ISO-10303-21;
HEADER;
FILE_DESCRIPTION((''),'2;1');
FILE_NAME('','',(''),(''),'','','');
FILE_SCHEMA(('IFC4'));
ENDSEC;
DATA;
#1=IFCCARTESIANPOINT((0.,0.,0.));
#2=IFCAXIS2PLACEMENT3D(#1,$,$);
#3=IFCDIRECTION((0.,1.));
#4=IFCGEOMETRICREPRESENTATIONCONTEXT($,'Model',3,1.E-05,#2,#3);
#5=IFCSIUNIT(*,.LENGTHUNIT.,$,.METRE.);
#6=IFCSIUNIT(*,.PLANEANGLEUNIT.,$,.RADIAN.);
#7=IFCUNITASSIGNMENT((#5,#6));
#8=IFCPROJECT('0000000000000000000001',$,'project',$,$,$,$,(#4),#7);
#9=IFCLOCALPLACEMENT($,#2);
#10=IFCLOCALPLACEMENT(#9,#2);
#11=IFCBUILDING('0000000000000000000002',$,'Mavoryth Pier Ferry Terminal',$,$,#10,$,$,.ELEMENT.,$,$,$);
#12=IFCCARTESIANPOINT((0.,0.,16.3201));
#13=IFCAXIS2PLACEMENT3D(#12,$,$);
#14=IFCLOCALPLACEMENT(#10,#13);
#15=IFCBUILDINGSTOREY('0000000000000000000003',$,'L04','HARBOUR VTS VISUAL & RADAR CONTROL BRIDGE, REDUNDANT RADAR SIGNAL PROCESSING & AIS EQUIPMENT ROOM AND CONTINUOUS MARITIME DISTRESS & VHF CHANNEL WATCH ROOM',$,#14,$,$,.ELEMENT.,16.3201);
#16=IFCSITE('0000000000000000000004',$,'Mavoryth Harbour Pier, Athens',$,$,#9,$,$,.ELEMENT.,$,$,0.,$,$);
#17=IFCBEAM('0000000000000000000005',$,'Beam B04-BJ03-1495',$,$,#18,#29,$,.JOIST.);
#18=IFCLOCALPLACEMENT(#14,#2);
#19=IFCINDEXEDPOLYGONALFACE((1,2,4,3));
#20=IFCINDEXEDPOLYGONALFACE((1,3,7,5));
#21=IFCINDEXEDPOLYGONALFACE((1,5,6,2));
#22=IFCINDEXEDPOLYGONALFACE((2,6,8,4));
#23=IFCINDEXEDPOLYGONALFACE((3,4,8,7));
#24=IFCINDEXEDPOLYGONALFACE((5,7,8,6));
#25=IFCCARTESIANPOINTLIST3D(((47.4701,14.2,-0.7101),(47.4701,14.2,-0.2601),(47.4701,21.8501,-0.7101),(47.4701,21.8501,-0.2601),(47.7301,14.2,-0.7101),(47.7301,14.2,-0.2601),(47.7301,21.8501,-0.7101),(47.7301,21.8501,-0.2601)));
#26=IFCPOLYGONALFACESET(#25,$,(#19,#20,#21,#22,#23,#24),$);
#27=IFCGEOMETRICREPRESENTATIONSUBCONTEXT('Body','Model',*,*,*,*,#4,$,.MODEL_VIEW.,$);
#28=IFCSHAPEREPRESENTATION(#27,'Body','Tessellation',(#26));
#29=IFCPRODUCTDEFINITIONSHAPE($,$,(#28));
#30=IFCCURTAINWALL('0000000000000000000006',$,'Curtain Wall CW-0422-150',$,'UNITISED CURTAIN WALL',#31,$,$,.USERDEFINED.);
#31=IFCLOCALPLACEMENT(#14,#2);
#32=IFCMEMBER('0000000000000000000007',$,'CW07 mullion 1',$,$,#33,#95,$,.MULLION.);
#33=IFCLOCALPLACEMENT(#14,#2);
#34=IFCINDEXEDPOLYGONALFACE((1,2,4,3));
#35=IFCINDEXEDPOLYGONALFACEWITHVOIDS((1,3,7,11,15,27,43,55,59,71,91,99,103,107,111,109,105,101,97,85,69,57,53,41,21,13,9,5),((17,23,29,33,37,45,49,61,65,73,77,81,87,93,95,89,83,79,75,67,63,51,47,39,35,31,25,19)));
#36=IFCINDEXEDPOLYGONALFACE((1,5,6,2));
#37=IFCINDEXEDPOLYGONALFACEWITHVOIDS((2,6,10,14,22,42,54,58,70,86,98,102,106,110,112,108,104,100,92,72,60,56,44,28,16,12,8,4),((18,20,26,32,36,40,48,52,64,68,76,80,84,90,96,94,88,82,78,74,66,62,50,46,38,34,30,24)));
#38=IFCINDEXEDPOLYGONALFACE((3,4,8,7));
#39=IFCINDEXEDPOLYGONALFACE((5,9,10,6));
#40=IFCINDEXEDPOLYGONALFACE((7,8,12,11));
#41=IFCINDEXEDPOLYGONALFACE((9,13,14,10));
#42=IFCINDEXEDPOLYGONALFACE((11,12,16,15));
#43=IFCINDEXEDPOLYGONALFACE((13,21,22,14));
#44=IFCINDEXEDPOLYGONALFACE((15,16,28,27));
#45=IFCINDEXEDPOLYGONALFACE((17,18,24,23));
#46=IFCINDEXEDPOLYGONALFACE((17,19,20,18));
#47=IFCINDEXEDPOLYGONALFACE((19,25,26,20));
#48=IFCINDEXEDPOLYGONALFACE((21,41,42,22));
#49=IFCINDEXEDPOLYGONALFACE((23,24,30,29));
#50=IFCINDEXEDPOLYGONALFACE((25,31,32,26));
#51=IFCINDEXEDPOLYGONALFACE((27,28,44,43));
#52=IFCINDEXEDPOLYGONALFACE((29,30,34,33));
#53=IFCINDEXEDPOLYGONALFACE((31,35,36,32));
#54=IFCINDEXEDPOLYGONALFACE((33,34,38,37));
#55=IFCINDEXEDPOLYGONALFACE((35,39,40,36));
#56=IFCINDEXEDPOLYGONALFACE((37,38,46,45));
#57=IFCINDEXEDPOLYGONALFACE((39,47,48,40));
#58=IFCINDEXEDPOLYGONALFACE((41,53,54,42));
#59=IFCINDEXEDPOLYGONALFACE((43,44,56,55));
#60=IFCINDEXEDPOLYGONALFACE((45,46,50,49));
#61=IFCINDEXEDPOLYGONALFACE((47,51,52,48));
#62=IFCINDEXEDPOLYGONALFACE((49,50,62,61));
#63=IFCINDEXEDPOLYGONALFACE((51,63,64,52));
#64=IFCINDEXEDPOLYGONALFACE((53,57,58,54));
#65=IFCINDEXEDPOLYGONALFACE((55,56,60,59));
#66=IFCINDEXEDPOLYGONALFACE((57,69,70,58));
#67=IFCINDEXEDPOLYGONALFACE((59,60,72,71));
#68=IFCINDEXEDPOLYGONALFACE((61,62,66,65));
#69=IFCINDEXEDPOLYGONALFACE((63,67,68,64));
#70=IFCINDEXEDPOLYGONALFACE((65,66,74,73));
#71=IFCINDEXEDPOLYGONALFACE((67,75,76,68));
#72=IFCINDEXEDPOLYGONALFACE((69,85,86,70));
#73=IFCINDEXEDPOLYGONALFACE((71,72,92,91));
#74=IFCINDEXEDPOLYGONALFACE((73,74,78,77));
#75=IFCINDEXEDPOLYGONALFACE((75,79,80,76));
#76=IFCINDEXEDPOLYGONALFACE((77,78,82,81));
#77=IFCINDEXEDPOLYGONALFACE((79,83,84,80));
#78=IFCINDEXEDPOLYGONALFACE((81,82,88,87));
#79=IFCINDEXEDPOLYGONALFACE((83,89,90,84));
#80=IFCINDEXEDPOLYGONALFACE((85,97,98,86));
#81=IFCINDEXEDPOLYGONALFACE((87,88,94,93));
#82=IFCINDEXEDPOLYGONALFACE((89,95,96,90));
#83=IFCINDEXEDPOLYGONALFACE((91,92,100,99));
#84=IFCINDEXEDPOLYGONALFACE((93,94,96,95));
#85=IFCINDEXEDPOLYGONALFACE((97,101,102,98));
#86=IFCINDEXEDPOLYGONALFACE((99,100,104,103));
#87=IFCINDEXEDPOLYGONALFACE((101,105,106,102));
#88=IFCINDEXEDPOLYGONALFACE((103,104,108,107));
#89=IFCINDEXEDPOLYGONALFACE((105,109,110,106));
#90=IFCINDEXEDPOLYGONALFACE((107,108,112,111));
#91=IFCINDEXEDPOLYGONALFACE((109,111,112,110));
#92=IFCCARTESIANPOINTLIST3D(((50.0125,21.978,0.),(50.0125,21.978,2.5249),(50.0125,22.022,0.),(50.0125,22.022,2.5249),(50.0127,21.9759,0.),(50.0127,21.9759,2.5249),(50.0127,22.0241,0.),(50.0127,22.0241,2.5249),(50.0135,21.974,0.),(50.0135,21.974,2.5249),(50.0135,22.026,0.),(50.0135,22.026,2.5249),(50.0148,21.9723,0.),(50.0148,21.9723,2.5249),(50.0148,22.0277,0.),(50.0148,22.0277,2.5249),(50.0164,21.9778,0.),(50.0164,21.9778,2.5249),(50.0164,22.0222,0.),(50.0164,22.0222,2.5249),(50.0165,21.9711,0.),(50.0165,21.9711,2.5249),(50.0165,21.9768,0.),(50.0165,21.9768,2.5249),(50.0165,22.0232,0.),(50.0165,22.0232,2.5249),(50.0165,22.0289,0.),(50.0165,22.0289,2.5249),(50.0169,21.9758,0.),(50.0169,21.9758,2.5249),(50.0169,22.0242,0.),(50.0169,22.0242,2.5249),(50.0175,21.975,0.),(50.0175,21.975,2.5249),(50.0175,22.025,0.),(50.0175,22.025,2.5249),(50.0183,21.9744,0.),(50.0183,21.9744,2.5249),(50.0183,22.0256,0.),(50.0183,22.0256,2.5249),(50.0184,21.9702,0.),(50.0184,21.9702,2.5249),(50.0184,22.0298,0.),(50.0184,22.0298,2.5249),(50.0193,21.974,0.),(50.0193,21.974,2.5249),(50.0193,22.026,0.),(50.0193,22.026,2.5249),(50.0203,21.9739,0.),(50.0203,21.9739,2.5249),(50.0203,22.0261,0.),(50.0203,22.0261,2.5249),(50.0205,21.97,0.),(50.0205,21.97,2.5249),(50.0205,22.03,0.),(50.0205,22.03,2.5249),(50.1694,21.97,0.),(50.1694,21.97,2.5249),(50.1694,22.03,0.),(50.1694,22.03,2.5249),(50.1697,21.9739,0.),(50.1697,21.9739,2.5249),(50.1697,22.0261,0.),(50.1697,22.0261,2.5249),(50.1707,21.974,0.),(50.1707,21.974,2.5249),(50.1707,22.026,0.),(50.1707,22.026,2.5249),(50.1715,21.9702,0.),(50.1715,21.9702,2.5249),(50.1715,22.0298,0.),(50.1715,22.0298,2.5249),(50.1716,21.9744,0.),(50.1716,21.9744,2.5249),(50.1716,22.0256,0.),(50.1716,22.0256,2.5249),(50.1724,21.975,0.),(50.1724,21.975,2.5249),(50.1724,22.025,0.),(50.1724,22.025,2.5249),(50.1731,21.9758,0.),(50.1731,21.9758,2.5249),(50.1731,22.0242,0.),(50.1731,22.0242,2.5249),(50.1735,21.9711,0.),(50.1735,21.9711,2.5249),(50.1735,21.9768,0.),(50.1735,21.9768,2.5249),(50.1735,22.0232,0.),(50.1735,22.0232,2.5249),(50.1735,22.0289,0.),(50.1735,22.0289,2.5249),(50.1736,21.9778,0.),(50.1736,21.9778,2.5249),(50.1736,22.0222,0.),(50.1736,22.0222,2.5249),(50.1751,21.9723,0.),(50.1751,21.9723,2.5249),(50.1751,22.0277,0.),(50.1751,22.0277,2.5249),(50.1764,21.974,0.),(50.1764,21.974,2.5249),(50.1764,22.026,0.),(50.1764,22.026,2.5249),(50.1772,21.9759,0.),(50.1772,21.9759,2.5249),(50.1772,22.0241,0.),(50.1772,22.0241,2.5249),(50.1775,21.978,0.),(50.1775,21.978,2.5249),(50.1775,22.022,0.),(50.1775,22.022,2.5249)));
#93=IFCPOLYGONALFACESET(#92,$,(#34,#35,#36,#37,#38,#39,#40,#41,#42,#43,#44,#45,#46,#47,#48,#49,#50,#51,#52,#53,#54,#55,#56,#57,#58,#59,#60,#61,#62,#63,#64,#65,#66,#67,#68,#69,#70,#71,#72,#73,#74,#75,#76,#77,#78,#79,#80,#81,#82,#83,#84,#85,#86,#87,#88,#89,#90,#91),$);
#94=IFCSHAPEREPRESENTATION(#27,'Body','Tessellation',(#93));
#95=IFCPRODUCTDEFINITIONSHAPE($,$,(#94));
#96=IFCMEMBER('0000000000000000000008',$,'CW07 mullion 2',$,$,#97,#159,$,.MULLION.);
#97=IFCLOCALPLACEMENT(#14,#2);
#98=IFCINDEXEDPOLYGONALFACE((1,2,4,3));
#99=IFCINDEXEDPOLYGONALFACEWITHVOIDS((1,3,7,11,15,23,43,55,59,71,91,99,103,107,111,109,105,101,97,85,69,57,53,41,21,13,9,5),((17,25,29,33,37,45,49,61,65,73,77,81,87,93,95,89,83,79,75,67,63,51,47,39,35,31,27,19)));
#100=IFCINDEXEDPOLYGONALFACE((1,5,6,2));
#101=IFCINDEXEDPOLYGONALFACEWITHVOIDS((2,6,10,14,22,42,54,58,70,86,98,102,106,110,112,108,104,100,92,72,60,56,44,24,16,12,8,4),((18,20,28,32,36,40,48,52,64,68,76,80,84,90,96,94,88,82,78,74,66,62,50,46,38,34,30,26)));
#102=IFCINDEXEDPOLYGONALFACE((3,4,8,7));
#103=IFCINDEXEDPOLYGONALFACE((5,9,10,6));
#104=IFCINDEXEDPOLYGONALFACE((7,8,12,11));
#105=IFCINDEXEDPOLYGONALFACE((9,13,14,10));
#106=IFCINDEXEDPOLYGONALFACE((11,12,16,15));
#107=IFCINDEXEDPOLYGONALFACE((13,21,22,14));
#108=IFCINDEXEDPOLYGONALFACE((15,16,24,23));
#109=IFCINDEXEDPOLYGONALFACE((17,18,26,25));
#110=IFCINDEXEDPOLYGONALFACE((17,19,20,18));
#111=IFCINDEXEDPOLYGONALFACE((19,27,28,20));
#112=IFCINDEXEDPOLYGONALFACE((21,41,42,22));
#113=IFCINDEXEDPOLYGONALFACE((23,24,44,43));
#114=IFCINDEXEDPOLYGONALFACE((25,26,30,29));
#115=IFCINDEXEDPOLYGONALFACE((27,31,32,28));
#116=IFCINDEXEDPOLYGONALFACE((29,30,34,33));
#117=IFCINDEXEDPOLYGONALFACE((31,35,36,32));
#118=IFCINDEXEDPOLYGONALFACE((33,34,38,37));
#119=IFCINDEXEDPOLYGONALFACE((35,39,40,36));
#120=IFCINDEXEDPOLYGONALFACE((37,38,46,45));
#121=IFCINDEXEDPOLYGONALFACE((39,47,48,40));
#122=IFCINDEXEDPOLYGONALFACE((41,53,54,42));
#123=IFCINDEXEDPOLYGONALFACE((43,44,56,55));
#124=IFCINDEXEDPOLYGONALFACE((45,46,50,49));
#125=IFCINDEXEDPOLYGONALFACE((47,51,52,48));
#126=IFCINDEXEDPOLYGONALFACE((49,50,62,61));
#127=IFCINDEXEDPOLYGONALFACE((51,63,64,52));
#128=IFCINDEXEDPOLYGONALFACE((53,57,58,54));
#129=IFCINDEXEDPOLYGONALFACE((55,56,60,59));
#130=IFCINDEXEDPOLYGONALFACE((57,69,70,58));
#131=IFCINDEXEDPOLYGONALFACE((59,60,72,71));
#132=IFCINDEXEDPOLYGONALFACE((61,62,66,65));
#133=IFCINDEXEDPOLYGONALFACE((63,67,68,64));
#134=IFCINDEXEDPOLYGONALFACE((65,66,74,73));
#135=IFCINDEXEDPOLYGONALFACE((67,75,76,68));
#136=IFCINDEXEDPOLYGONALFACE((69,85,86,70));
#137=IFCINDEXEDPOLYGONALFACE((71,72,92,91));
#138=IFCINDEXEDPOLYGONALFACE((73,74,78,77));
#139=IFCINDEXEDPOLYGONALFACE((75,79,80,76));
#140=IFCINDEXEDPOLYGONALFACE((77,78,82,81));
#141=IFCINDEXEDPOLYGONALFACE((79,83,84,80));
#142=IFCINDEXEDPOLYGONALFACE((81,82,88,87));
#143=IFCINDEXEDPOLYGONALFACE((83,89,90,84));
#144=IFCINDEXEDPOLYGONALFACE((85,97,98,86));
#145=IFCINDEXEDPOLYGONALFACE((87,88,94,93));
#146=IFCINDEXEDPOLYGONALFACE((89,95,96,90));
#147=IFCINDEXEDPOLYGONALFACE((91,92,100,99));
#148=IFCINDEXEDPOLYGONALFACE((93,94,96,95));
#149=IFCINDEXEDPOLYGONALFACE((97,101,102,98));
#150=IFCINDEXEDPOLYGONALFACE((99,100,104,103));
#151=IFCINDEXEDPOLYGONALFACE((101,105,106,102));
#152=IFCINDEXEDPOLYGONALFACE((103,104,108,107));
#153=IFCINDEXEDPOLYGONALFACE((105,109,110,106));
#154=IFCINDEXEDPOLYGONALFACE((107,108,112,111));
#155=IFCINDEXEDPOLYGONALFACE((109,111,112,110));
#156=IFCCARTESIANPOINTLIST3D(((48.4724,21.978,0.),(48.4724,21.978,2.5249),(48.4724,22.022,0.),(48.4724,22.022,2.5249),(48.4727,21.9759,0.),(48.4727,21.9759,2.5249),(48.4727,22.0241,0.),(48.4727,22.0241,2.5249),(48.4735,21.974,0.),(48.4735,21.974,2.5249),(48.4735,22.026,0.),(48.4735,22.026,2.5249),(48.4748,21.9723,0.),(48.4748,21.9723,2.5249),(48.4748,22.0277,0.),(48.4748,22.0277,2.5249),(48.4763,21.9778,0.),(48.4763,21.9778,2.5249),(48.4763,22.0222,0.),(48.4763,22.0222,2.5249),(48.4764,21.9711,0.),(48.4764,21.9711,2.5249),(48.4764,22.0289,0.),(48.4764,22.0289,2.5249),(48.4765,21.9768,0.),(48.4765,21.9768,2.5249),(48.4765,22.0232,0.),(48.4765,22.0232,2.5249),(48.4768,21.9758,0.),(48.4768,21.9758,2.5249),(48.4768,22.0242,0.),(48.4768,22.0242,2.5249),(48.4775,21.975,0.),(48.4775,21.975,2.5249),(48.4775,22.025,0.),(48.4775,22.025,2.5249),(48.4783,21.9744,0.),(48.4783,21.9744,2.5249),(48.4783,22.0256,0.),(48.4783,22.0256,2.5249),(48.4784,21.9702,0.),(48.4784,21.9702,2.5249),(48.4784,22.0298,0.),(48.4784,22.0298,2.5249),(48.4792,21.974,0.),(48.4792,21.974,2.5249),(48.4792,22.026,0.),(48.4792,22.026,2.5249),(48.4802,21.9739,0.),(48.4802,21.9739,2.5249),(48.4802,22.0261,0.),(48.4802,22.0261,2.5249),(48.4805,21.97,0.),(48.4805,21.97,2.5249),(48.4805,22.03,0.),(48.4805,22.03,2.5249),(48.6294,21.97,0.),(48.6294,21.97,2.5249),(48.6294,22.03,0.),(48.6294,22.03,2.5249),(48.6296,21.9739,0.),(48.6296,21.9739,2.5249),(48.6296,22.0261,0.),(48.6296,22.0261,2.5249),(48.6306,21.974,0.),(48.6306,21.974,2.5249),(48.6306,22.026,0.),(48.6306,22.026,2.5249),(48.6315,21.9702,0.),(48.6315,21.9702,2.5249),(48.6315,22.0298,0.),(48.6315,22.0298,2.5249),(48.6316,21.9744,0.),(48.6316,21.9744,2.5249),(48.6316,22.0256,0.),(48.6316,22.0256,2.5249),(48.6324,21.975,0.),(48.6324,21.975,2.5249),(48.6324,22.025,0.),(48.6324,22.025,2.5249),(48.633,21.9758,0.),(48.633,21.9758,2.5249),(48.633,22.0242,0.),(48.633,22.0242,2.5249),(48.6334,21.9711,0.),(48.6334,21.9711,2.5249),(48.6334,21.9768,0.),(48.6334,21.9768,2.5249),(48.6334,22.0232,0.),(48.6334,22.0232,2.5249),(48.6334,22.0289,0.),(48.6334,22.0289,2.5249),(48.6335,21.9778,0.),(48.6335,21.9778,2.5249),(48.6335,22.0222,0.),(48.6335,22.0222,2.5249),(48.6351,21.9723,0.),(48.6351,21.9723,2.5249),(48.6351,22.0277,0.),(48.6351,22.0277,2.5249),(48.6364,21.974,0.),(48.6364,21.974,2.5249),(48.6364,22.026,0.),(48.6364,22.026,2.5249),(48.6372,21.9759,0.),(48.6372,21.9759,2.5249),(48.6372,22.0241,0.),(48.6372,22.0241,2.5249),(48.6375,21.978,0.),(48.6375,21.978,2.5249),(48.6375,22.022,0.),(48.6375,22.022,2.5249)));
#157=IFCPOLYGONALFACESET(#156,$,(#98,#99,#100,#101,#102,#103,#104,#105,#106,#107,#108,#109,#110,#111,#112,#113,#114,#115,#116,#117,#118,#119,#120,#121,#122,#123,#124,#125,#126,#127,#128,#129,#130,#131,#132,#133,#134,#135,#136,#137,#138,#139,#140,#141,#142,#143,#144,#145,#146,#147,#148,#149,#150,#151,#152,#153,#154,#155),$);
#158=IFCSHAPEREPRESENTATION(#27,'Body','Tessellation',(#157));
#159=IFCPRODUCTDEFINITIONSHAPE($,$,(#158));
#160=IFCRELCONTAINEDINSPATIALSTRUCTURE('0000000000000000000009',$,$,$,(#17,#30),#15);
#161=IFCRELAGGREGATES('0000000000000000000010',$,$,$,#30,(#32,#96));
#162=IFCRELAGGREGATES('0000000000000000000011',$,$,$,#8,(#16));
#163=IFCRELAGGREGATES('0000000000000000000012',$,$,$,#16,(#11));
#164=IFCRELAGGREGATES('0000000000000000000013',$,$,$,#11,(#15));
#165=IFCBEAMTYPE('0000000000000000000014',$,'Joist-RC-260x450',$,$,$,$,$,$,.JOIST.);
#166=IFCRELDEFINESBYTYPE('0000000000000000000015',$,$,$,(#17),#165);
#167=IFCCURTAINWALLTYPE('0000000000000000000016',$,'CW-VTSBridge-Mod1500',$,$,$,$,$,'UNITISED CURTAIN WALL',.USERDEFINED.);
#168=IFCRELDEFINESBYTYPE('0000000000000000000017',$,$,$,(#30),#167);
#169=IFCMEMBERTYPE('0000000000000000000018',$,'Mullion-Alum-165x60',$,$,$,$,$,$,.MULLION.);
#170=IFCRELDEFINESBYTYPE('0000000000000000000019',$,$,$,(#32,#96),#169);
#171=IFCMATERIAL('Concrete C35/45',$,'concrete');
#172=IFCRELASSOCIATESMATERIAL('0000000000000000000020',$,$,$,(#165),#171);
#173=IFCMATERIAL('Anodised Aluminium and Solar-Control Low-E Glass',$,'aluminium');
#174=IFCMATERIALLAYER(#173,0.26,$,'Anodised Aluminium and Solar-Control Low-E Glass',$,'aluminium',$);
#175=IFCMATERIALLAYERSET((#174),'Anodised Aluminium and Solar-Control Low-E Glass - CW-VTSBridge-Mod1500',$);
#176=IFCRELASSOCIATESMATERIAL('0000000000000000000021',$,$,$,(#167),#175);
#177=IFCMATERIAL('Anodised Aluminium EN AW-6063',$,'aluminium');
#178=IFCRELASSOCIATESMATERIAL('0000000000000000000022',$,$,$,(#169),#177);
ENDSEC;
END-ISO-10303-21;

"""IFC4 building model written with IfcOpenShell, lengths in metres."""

from ifc_helpers import new_model, si_unit, direction, frame, origin, origin_2d, place, context, subcontext, project, spatial, rectangle, hollow_rectangle, extrude, material, layer, layer_set, material_profile, profile_set, type_object, element, aggregate, save


model = new_model("IFC4")

# Units and contexts
model_context = context("Model", 3, precision=1e-05, world=origin(), true_north=direction((0.0, 1.0)))
body_context = subcontext(model_context, "Body", "Model", "MODEL_VIEW")
ifc_project = project(units=[si_unit("LENGTHUNIT", "METRE"), si_unit("PLANEANGLEUNIT", "RADIAN")], contexts=[model_context])

# Site, building, storey
site_placement = place(None, origin())
site = spatial("IfcSite", under=ifc_project, at=site_placement, Name="Mavoryth Harbour Pier, Athens", CompositionType="ELEMENT", RefElevation=0.0)
building_placement = place(site_placement, origin())
building = spatial("IfcBuilding", under=site, at=building_placement, Name="Mavoryth Pier Ferry Terminal", CompositionType="ELEMENT")
storey_placement = place(building_placement, frame((0.0, 0.0, 16.3201)))
storey = spatial("IfcBuildingStorey", under=building, at=storey_placement, Name="L04", Description="HARBOUR VTS VISUAL & RADAR CONTROL BRIDGE, REDUNDANT RADAR SIGNAL PROCESSING & AIS EQUIPMENT ROOM AND CONTINUOUS MARITIME DISTRESS & VHF CHANNEL WATCH ROOM", CompositionType="ELEMENT", Elevation=16.3201)

# Beam
ifc_material_1 = material(Name="Concrete C35/45", Category="concrete")
ifc_material_profile_1 = material_profile(ifc_material_1, rectangle(XDim=0.26, YDim=0.45, at=origin_2d()), Name="RC 260x450", Category="concrete")
ifc_profile_set_1 = profile_set([ifc_material_profile_1], Name="Concrete C35/45 - RC 260x450")
beam_type = type_object("IfcBeamType", Name="Joist-RC-260x450", PredefinedType="JOIST", material=ifc_profile_set_1)
beam_placement = place(storey_placement, frame((47.6001, 14.2, -0.4851), z_axis=(0.0, 1.0, 0.0), x_axis=(-1.0, 0.0, 0.0)))
element("IfcBeam", 1, at=beam_placement, inside=storey, type_object=beam_type, Name="Beam B04-BJ03-1495", PredefinedType="JOIST", context=body_context, shape_type="SweptSolid", body=[
    extrude(rectangle(XDim=0.26, YDim=0.45, at=origin_2d()), origin(), (0.0, 0.0, 1.0), 7.6501),
])

# Curtain wall, members
ifc_material_2 = material(Name="Anodised Aluminium and Solar-Control Low-E Glass", Category="aluminium")
ifc_layer_1 = layer(ifc_material_2, 0.26, Name="Anodised Aluminium and Solar-Control Low-E Glass", Category="aluminium")
ifc_layer_set_1 = layer_set([ifc_layer_1], Name="Anodised Aluminium and Solar-Control Low-E Glass - CW-VTSBridge-Mod1500")
curtain_wall_type = type_object("IfcCurtainWallType", Name="CW-VTSBridge-Mod1500", ElementType="UNITISED CURTAIN WALL", PredefinedType="USERDEFINED", material=ifc_layer_set_1)
curtain_wall_placement = place(storey_placement, origin())
curtain_wall = element("IfcCurtainWall", 2, at=curtain_wall_placement, inside=storey, type_object=curtain_wall_type, Name="Curtain Wall CW-0422-150", ObjectType="UNITISED CURTAIN WALL", PredefinedType="USERDEFINED")
ifc_material_3 = material(Name="Anodised Aluminium EN AW-6063", Category="aluminium")
ifc_material_profile_2 = material_profile(ifc_material_3, hollow_rectangle(XDim=0.0601, YDim=0.165, WallThickness=0.0039, InnerFilletRadius=0.0039, OuterFilletRadius=0.0081, at=origin_2d()), Name="AL-MULL 165x60x4", Category="aluminium")
ifc_profile_set_2 = profile_set([ifc_material_profile_2], Name="Anodised Aluminium EN AW-6063 - AL-MULL 165x60x4")
member_type_1 = type_object("IfcMemberType", Name="Mullion-Alum-165x60", PredefinedType="MULLION", material=ifc_profile_set_2)
member_1_placement = place(storey_placement, frame((50.095, 22.0, 0.0), z_axis=(0.0, 0.0, 1.0), x_axis=(0.0, -1.0, 0.0)))
member_1 = element("IfcMember", 3, at=member_1_placement, type_object=member_type_1, Name="CW07 mullion 1", PredefinedType="MULLION", context=body_context, shape_type="SweptSolid", body=[
    extrude(hollow_rectangle(XDim=0.0601, YDim=0.165, WallThickness=0.0039, InnerFilletRadius=0.0039, OuterFilletRadius=0.0081, at=origin_2d()), origin(), (0.0, 0.0, 1.0), 2.5249),
])
member_2_placement = place(storey_placement, frame((48.5549, 22.0, 0.0), z_axis=(0.0, 0.0, 1.0), x_axis=(0.0, -1.0, 0.0)))
member_2 = element("IfcMember", 4, at=member_2_placement, type_object=member_type_1, Name="CW07 mullion 2", PredefinedType="MULLION", context=body_context, shape_type="SweptSolid", body=[
    extrude(hollow_rectangle(XDim=0.0601, YDim=0.165, WallThickness=0.0039, InnerFilletRadius=0.0039, OuterFilletRadius=0.0081, at=origin_2d()), origin(), (0.0, 0.0, 1.0), 2.5249),
])
aggregate(curtain_wall, [member_1, member_2])

save(model, "model.ifc")
